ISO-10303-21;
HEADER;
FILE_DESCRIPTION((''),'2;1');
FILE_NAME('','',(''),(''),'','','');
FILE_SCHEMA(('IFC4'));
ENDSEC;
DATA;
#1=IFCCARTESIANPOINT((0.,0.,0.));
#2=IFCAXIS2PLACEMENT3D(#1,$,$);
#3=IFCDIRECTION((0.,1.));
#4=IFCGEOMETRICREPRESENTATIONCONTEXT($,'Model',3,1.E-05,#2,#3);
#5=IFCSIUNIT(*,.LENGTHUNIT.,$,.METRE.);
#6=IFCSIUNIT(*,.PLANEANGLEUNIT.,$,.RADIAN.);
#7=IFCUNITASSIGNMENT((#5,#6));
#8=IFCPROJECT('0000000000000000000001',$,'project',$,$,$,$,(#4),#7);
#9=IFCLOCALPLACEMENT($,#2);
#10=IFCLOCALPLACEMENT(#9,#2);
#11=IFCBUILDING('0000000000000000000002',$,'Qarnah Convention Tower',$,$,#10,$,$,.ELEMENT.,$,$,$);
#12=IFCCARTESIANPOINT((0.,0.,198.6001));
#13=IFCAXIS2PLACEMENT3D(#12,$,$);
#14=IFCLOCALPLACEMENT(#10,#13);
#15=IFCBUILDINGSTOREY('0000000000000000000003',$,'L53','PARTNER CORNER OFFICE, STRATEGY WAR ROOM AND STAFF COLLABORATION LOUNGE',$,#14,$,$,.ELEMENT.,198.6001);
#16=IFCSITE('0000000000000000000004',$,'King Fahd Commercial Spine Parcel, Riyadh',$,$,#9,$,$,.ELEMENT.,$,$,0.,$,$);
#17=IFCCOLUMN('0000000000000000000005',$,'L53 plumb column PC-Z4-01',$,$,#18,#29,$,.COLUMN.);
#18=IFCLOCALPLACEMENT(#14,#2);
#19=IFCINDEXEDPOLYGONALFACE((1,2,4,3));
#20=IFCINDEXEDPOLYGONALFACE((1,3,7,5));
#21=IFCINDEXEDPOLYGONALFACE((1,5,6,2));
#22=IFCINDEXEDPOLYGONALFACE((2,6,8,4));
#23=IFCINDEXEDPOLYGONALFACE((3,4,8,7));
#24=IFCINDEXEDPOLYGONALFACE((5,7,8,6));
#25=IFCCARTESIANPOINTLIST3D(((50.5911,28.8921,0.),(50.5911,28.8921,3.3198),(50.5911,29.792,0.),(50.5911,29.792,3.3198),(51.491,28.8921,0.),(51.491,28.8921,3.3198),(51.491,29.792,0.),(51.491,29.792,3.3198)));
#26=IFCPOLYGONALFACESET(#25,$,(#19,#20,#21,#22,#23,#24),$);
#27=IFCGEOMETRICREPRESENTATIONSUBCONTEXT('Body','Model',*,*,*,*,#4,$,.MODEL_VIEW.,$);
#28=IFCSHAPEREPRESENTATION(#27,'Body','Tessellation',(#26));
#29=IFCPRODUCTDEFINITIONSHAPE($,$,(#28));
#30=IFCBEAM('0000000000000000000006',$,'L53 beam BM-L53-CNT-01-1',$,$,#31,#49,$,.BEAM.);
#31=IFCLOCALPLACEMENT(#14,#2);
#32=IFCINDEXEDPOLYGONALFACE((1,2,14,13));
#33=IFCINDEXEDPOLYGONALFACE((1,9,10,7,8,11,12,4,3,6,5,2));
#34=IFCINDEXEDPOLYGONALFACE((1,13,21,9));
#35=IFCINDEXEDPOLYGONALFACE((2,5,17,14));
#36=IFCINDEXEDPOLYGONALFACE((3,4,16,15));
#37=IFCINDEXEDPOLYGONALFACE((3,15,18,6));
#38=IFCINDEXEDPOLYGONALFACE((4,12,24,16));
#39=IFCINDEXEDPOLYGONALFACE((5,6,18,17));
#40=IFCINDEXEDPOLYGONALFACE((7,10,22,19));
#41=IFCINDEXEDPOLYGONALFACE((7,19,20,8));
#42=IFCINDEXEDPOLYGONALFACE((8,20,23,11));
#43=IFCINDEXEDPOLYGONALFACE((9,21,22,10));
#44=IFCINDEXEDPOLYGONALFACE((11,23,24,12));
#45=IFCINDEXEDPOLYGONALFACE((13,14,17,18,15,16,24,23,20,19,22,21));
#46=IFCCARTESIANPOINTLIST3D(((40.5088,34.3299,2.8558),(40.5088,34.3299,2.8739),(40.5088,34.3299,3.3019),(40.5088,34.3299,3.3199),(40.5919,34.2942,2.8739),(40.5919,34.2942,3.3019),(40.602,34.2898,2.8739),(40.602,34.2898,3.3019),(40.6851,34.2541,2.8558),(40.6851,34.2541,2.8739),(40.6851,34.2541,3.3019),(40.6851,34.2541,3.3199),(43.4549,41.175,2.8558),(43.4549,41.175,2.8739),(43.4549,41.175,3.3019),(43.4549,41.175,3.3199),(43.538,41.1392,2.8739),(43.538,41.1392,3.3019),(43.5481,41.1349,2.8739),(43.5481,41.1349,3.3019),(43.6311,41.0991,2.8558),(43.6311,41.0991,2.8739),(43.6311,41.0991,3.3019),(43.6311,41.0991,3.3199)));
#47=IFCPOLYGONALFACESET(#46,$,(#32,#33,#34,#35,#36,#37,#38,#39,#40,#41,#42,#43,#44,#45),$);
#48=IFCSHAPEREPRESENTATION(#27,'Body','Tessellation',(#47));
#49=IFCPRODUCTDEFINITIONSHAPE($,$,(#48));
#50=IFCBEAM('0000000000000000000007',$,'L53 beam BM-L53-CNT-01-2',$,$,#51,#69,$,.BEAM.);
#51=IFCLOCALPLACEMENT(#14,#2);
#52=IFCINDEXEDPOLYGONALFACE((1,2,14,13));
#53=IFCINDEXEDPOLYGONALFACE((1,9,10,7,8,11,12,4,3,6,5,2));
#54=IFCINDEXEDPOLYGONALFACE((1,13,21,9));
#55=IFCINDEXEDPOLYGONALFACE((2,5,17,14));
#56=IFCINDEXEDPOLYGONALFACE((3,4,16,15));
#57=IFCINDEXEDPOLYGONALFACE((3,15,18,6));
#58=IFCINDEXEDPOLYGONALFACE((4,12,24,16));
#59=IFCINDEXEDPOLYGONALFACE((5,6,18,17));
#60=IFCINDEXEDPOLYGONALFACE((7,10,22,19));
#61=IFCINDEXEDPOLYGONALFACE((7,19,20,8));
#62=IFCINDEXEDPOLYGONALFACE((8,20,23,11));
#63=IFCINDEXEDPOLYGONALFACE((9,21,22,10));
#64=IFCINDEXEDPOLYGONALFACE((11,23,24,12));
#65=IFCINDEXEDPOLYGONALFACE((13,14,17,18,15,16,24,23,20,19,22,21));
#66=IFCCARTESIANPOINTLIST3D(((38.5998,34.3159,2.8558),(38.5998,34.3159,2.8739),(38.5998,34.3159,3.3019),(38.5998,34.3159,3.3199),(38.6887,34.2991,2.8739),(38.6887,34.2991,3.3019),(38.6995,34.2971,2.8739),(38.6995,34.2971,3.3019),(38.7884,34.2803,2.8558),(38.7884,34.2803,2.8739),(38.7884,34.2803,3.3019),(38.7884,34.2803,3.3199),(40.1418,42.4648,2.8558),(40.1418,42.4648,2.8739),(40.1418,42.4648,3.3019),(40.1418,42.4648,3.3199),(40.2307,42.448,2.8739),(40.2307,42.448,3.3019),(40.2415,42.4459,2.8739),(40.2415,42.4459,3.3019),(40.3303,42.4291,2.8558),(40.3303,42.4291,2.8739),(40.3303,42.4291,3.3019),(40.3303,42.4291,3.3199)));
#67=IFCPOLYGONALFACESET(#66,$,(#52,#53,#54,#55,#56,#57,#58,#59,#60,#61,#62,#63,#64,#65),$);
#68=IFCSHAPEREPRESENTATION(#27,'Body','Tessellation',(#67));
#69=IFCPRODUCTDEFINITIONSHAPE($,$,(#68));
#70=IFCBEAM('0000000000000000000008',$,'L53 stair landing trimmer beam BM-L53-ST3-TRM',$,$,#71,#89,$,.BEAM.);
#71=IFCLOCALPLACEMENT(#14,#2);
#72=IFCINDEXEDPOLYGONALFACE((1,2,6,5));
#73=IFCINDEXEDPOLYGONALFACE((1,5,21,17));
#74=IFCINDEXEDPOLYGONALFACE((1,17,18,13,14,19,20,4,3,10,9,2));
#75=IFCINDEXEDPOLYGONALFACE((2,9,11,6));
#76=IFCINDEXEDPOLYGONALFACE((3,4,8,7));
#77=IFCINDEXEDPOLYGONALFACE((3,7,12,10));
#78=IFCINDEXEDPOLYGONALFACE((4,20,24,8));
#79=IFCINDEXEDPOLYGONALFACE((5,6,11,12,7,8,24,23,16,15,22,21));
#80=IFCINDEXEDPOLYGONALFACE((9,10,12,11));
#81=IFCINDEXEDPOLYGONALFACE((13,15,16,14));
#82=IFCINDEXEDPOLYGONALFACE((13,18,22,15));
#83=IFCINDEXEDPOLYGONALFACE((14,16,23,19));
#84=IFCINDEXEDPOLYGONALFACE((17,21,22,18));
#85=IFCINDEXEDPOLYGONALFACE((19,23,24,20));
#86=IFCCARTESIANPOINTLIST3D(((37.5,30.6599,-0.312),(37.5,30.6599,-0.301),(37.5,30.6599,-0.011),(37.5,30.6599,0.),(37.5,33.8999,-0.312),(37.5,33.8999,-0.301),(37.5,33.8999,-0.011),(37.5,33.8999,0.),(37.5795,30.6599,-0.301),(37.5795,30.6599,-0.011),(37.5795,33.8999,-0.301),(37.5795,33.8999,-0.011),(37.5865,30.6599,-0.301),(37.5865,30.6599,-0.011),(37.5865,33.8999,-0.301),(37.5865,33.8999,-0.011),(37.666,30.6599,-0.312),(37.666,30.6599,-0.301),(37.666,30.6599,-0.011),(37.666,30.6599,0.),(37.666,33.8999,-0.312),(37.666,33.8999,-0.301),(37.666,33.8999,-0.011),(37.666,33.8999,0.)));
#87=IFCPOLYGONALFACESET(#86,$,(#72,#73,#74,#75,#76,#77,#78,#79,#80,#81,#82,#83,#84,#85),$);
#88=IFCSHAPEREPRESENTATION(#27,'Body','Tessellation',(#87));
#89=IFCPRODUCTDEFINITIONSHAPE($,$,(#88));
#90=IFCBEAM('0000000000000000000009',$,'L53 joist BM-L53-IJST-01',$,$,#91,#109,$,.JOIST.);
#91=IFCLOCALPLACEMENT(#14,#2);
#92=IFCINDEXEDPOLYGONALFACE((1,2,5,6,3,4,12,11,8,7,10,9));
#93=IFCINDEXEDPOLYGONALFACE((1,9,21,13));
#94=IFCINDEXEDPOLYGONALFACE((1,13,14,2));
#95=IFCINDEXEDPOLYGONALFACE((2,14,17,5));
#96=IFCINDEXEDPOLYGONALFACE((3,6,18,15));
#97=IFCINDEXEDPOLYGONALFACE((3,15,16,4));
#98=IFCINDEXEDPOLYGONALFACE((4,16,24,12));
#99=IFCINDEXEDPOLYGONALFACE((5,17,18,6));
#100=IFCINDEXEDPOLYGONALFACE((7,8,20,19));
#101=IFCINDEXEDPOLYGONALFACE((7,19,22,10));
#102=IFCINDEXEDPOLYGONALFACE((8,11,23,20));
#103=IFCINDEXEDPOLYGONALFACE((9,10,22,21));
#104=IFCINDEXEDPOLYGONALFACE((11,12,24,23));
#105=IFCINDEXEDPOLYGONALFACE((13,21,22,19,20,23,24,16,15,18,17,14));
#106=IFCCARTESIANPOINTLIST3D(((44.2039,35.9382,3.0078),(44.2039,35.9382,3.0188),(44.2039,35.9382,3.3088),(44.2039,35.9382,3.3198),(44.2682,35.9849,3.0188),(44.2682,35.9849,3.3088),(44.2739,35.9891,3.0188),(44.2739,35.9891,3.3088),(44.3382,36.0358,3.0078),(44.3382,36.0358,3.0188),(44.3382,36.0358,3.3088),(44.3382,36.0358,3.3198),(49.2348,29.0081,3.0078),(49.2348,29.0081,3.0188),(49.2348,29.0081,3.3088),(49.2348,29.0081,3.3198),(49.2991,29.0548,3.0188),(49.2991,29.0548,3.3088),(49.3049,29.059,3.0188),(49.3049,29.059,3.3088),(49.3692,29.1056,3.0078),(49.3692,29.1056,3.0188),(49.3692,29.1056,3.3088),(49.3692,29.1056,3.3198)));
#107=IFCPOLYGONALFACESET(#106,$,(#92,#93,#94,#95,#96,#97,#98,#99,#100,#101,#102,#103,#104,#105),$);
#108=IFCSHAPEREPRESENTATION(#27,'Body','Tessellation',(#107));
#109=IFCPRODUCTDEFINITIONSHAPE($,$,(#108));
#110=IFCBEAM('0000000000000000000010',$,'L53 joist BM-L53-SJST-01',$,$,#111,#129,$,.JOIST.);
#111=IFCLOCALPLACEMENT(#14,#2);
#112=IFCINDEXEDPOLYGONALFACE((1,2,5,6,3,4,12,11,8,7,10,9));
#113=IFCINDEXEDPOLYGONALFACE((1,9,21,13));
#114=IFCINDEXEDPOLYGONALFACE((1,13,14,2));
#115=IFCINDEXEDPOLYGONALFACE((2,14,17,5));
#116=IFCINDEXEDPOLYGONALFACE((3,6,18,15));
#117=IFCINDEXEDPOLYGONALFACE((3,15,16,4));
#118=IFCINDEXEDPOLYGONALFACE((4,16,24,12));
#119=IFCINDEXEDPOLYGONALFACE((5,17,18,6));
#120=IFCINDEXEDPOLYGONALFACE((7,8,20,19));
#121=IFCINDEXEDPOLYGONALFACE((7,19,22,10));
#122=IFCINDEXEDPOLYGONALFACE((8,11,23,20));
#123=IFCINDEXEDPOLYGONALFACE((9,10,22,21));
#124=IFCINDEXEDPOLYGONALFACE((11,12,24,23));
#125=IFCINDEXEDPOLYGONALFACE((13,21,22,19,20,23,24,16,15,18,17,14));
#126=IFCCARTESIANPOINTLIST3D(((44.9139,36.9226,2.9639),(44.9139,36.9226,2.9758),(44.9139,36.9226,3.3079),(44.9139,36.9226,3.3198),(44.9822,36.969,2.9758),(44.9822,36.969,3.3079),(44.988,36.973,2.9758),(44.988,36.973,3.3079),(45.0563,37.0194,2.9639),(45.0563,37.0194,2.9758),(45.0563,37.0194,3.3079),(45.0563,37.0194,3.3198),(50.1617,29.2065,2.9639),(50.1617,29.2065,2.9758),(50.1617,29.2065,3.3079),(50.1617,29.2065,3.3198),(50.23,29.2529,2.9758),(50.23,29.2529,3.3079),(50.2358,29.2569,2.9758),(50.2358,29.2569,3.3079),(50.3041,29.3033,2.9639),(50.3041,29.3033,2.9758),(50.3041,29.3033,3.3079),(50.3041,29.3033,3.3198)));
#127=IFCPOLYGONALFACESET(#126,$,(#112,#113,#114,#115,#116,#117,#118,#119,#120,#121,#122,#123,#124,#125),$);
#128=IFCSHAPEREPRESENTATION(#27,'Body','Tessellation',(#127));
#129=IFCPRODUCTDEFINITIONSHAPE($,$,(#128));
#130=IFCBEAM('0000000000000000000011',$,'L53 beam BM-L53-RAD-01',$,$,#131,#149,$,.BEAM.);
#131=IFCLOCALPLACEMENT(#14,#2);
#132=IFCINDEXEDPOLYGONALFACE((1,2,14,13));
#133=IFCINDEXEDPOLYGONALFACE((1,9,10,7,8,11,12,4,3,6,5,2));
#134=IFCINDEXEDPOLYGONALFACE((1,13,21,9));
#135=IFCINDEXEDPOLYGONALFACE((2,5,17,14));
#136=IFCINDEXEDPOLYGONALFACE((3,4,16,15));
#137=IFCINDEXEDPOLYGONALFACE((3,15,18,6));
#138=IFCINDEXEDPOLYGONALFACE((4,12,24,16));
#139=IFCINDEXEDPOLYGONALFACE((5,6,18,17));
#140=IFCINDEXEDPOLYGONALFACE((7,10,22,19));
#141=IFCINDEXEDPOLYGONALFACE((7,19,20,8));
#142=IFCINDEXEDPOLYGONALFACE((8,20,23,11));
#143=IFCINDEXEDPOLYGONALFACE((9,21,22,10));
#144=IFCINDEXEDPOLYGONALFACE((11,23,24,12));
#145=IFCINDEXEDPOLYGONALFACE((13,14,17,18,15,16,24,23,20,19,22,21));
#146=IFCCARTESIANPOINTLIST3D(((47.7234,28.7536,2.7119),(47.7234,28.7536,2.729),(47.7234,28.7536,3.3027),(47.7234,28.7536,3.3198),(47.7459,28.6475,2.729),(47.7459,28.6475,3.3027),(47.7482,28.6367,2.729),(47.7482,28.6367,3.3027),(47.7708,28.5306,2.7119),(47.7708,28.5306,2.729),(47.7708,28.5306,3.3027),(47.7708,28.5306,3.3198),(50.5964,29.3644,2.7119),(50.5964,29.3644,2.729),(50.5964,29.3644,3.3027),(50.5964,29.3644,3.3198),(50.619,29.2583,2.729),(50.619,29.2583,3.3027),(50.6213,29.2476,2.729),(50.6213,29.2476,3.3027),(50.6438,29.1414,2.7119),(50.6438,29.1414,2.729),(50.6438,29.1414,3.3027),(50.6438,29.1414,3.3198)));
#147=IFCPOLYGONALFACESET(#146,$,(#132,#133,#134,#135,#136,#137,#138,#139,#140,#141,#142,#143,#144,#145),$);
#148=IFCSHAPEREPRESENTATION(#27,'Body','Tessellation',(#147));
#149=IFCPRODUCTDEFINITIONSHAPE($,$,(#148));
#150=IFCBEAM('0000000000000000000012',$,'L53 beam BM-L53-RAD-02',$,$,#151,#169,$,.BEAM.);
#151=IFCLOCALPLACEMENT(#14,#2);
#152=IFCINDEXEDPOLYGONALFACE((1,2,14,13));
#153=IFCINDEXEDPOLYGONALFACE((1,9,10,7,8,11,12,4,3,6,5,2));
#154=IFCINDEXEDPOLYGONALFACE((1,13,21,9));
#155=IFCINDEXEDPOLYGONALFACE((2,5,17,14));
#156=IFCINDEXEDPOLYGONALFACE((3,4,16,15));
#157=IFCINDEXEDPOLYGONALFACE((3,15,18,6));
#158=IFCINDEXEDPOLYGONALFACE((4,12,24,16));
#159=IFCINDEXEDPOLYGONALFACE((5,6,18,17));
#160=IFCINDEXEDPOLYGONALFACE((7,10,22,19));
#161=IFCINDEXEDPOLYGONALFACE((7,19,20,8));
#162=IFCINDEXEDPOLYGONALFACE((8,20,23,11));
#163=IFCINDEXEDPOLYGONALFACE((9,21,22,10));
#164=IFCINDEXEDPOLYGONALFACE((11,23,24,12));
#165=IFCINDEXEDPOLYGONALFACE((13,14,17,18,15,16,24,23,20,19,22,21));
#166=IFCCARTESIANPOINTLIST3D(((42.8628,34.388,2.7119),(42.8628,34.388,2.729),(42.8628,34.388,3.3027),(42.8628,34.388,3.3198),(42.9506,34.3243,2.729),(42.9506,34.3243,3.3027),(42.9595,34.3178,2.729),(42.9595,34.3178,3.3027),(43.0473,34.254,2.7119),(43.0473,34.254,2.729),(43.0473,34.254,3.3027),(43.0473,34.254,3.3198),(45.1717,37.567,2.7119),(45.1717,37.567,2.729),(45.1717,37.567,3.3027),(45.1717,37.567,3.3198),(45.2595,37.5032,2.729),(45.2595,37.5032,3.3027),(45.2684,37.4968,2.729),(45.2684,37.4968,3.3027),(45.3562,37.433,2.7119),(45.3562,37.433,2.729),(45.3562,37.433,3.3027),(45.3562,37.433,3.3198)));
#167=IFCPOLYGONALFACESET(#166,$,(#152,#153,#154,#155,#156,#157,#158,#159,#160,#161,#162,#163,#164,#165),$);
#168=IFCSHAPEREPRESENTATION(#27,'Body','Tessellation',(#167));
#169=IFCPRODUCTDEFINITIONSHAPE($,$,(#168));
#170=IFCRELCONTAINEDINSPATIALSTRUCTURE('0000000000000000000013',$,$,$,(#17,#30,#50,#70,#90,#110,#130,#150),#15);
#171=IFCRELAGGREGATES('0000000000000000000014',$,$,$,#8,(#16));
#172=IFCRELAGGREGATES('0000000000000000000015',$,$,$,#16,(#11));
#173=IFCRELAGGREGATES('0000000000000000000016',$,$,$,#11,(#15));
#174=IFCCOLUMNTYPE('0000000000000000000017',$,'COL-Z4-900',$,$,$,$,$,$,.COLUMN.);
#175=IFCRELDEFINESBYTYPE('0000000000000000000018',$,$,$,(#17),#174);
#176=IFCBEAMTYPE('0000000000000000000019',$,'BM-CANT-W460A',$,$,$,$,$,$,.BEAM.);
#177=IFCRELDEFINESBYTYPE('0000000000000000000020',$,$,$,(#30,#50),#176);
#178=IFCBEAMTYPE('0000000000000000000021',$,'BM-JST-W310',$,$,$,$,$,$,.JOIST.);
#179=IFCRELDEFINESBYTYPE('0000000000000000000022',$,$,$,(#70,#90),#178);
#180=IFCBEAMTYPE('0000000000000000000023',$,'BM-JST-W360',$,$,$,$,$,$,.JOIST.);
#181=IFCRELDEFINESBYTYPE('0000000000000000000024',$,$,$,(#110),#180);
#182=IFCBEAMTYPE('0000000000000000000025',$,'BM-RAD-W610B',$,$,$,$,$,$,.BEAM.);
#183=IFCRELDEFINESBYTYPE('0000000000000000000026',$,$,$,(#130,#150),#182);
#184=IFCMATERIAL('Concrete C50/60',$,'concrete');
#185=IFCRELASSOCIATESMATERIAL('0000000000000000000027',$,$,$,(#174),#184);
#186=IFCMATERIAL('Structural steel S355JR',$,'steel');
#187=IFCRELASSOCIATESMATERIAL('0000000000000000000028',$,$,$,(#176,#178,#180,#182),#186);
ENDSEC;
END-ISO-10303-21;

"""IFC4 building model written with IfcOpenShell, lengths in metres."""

from ifc_helpers import new_model, si_unit, direction, frame, origin, origin_2d, place, context, subcontext, project, spatial, rectangle, i_section, extrude, material, material_profile, profile_set, type_object, element, save


model = new_model("IFC4")

# Units and contexts
model_context = context("Model", 3, precision=1e-05, world=origin(), true_north=direction((0.0, 1.0)))
body_context = subcontext(model_context, "Body", "Model", "MODEL_VIEW")
ifc_project = project(units=[si_unit("LENGTHUNIT", "METRE"), si_unit("PLANEANGLEUNIT", "RADIAN")], contexts=[model_context])

# Site, building, storey
site_placement = place(None, origin())
site = spatial("IfcSite", under=ifc_project, at=site_placement, Name="King Fahd Commercial Spine Parcel, Riyadh", CompositionType="ELEMENT", RefElevation=0.0)
building_placement = place(site_placement, origin())
building = spatial("IfcBuilding", under=site, at=building_placement, Name="Qarnah Convention Tower", CompositionType="ELEMENT")
storey_placement = place(building_placement, frame((0.0, 0.0, 198.6001)))
storey = spatial("IfcBuildingStorey", under=building, at=storey_placement, Name="L53", Description="PARTNER CORNER OFFICE, STRATEGY WAR ROOM AND STAFF COLLABORATION LOUNGE", CompositionType="ELEMENT", Elevation=198.6001)

# Column
ifc_material_1 = material(Name="Concrete C50/60", Category="concrete")
ifc_material_profile_1 = material_profile(ifc_material_1, rectangle(XDim=0.8999, YDim=0.8999, at=origin_2d()), Name="RC-COL-900X900")
ifc_profile_set_1 = profile_set([ifc_material_profile_1], Name="Concrete C50/60")
column_type = type_object("IfcColumnType", Name="COL-Z4-900", PredefinedType="COLUMN", material=ifc_profile_set_1)
column_placement = place(storey_placement, frame((51.041, 29.342, 0.0), z_axis=(0.0, 0.0, 1.0), x_axis=(1.0, 0.0, 0.0)))
element("IfcColumn", 1, at=column_placement, inside=storey, type_object=column_type, Name="L53 plumb column PC-Z4-01", PredefinedType="COLUMN", context=body_context, shape_type="SweptSolid", body=[
    extrude(rectangle(XDim=0.8999, YDim=0.8999, at=origin_2d()), origin(), (0.0, 0.0, 1.0), 3.3198),
])

# Beams
ifc_material_2 = material(Name="Structural steel S355JR", Category="steel")
ifc_material_profile_2 = material_profile(ifc_material_2, i_section(OverallWidth=0.1919, OverallDepth=0.4641, WebThickness=0.011, FlangeThickness=0.0181, at=origin_2d()), Name="W460X89")
ifc_profile_set_2 = profile_set([ifc_material_profile_2], Name="Structural steel S355JR")
beam_type_1 = type_object("IfcBeamType", Name="BM-CANT-W460A", PredefinedType="BEAM", material=ifc_profile_set_2)
beam_1_placement = place(storey_placement, frame((40.5969, 34.292, 3.0879), z_axis=(0.395334, 0.918537, 0.0), x_axis=(-0.918537, 0.395334, 0.0)))
element("IfcBeam", 2, at=beam_1_placement, inside=storey, type_object=beam_type_1, Name="L53 beam BM-L53-CNT-01-1", PredefinedType="BEAM", context=body_context, shape_type="SweptSolid", body=[
    extrude(i_section(OverallWidth=0.1919, OverallDepth=0.4641, WebThickness=0.011, FlangeThickness=0.0181, at=origin_2d()), origin(), (0.0, 0.0, 1.0), 7.4521),
])
beam_2_placement = place(storey_placement, frame((38.6941, 34.2981, 3.0879), z_axis=(0.185927, 0.982564, 0.0), x_axis=(-0.982564, 0.185927, 0.0)))
element("IfcBeam", 3, at=beam_2_placement, inside=storey, type_object=beam_type_1, Name="L53 beam BM-L53-CNT-01-2", PredefinedType="BEAM", context=body_context, shape_type="SweptSolid", body=[
    extrude(i_section(OverallWidth=0.1919, OverallDepth=0.4641, WebThickness=0.011, FlangeThickness=0.0181, at=origin_2d()), origin(), (0.0, 0.0, 1.0), 8.2935),
])
ifc_material_profile_3 = material_profile(ifc_material_2, i_section(OverallWidth=0.166, OverallDepth=0.312, WebThickness=0.0071, FlangeThickness=0.011, at=origin_2d()), Name="W310X45")
ifc_profile_set_3 = profile_set([ifc_material_profile_3], Name="Structural steel S355JR")
beam_type_2 = type_object("IfcBeamType", Name="BM-JST-W310", PredefinedType="JOIST", material=ifc_profile_set_3)
beam_3_placement = place(storey_placement, frame((37.583, 30.6599, -0.156), z_axis=(0.0, 1.0, 0.0), x_axis=(-1.0, 0.0, 0.0)))
element("IfcBeam", 4, at=beam_3_placement, inside=storey, type_object=beam_type_2, Name="L53 stair landing trimmer beam BM-L53-ST3-TRM", PredefinedType="BEAM", context=body_context, shape_type="SweptSolid", body=[
    extrude(i_section(OverallWidth=0.166, OverallDepth=0.312, WebThickness=0.0071, FlangeThickness=0.011, at=origin_2d()), origin(), (0.0, 0.0, 1.0), 3.24),
])
beam_4_placement = place(storey_placement, frame((49.302, 29.0569, 3.1638), z_axis=(-0.587475, 0.809242, 0.0), x_axis=(-0.809242, -0.587475, 0.0)))
element("IfcBeam", 5, at=beam_4_placement, inside=storey, type_object=beam_type_2, Name="L53 joist BM-L53-IJST-01", PredefinedType="JOIST", context=body_context, shape_type="SweptSolid", body=[
    extrude(i_section(OverallWidth=0.166, OverallDepth=0.312, WebThickness=0.0071, FlangeThickness=0.011, at=origin_2d()), origin(), (0.0, 0.0, 1.0), 8.5637),
])
ifc_material_profile_4 = material_profile(ifc_material_2, i_section(OverallWidth=0.1721, OverallDepth=0.356, WebThickness=0.0071, FlangeThickness=0.012, at=origin_2d()), Name="W360X51")
ifc_profile_set_4 = profile_set([ifc_material_profile_4], Name="Structural steel S355JR")
beam_type_3 = type_object("IfcBeamType", Name="BM-JST-W360", PredefinedType="JOIST", material=ifc_profile_set_4)
beam_5_placement = place(storey_placement, frame((50.2329, 29.2549, 3.1418), z_axis=(-0.562374, 0.826883, 0.0), x_axis=(-0.826883, -0.562374, 0.0)))
element("IfcBeam", 6, at=beam_5_placement, inside=storey, type_object=beam_type_3, Name="L53 joist BM-L53-SJST-01", PredefinedType="JOIST", context=body_context, shape_type="SweptSolid", body=[
    extrude(i_section(OverallWidth=0.1721, OverallDepth=0.356, WebThickness=0.0071, FlangeThickness=0.012, at=origin_2d()), origin(), (0.0, 0.0, 1.0), 9.3315),
])
ifc_material_profile_5 = material_profile(ifc_material_2, i_section(OverallWidth=0.228, OverallDepth=0.6079, WebThickness=0.011, FlangeThickness=0.0171, at=origin_2d()), Name="W610X113")
ifc_profile_set_5 = profile_set([ifc_material_profile_5], Name="Structural steel S355JR")
beam_type_4 = type_object("IfcBeamType", Name="BM-RAD-W610B", PredefinedType="BEAM", material=ifc_profile_set_5)
beam_6_placement = place(storey_placement, frame((47.7471, 28.6421, 3.0159), z_axis=(0.978137, 0.207962, 0.0), x_axis=(-0.207962, 0.978137, 0.0)))
element("IfcBeam", 7, at=beam_6_placement, inside=storey, type_object=beam_type_4, Name="L53 beam BM-L53-RAD-01", PredefinedType="BEAM", context=body_context, shape_type="SweptSolid", body=[
    extrude(i_section(OverallWidth=0.228, OverallDepth=0.6079, WebThickness=0.011, FlangeThickness=0.0171, at=origin_2d()), origin(), (0.0, 0.0, 1.0), 2.9373),
])
beam_7_placement = place(storey_placement, frame((42.9551, 34.321, 3.0159), z_axis=(0.587651, 0.809115, 0.0), x_axis=(-0.809115, 0.587651, 0.0)))
element("IfcBeam", 8, at=beam_7_placement, inside=storey, type_object=beam_type_4, Name="L53 beam BM-L53-RAD-02", PredefinedType="BEAM", context=body_context, shape_type="SweptSolid", body=[
    extrude(i_section(OverallWidth=0.228, OverallDepth=0.6079, WebThickness=0.011, FlangeThickness=0.0171, at=origin_2d()), origin(), (0.0, 0.0, 1.0), 3.929),
])

save(model, "model.ifc")
